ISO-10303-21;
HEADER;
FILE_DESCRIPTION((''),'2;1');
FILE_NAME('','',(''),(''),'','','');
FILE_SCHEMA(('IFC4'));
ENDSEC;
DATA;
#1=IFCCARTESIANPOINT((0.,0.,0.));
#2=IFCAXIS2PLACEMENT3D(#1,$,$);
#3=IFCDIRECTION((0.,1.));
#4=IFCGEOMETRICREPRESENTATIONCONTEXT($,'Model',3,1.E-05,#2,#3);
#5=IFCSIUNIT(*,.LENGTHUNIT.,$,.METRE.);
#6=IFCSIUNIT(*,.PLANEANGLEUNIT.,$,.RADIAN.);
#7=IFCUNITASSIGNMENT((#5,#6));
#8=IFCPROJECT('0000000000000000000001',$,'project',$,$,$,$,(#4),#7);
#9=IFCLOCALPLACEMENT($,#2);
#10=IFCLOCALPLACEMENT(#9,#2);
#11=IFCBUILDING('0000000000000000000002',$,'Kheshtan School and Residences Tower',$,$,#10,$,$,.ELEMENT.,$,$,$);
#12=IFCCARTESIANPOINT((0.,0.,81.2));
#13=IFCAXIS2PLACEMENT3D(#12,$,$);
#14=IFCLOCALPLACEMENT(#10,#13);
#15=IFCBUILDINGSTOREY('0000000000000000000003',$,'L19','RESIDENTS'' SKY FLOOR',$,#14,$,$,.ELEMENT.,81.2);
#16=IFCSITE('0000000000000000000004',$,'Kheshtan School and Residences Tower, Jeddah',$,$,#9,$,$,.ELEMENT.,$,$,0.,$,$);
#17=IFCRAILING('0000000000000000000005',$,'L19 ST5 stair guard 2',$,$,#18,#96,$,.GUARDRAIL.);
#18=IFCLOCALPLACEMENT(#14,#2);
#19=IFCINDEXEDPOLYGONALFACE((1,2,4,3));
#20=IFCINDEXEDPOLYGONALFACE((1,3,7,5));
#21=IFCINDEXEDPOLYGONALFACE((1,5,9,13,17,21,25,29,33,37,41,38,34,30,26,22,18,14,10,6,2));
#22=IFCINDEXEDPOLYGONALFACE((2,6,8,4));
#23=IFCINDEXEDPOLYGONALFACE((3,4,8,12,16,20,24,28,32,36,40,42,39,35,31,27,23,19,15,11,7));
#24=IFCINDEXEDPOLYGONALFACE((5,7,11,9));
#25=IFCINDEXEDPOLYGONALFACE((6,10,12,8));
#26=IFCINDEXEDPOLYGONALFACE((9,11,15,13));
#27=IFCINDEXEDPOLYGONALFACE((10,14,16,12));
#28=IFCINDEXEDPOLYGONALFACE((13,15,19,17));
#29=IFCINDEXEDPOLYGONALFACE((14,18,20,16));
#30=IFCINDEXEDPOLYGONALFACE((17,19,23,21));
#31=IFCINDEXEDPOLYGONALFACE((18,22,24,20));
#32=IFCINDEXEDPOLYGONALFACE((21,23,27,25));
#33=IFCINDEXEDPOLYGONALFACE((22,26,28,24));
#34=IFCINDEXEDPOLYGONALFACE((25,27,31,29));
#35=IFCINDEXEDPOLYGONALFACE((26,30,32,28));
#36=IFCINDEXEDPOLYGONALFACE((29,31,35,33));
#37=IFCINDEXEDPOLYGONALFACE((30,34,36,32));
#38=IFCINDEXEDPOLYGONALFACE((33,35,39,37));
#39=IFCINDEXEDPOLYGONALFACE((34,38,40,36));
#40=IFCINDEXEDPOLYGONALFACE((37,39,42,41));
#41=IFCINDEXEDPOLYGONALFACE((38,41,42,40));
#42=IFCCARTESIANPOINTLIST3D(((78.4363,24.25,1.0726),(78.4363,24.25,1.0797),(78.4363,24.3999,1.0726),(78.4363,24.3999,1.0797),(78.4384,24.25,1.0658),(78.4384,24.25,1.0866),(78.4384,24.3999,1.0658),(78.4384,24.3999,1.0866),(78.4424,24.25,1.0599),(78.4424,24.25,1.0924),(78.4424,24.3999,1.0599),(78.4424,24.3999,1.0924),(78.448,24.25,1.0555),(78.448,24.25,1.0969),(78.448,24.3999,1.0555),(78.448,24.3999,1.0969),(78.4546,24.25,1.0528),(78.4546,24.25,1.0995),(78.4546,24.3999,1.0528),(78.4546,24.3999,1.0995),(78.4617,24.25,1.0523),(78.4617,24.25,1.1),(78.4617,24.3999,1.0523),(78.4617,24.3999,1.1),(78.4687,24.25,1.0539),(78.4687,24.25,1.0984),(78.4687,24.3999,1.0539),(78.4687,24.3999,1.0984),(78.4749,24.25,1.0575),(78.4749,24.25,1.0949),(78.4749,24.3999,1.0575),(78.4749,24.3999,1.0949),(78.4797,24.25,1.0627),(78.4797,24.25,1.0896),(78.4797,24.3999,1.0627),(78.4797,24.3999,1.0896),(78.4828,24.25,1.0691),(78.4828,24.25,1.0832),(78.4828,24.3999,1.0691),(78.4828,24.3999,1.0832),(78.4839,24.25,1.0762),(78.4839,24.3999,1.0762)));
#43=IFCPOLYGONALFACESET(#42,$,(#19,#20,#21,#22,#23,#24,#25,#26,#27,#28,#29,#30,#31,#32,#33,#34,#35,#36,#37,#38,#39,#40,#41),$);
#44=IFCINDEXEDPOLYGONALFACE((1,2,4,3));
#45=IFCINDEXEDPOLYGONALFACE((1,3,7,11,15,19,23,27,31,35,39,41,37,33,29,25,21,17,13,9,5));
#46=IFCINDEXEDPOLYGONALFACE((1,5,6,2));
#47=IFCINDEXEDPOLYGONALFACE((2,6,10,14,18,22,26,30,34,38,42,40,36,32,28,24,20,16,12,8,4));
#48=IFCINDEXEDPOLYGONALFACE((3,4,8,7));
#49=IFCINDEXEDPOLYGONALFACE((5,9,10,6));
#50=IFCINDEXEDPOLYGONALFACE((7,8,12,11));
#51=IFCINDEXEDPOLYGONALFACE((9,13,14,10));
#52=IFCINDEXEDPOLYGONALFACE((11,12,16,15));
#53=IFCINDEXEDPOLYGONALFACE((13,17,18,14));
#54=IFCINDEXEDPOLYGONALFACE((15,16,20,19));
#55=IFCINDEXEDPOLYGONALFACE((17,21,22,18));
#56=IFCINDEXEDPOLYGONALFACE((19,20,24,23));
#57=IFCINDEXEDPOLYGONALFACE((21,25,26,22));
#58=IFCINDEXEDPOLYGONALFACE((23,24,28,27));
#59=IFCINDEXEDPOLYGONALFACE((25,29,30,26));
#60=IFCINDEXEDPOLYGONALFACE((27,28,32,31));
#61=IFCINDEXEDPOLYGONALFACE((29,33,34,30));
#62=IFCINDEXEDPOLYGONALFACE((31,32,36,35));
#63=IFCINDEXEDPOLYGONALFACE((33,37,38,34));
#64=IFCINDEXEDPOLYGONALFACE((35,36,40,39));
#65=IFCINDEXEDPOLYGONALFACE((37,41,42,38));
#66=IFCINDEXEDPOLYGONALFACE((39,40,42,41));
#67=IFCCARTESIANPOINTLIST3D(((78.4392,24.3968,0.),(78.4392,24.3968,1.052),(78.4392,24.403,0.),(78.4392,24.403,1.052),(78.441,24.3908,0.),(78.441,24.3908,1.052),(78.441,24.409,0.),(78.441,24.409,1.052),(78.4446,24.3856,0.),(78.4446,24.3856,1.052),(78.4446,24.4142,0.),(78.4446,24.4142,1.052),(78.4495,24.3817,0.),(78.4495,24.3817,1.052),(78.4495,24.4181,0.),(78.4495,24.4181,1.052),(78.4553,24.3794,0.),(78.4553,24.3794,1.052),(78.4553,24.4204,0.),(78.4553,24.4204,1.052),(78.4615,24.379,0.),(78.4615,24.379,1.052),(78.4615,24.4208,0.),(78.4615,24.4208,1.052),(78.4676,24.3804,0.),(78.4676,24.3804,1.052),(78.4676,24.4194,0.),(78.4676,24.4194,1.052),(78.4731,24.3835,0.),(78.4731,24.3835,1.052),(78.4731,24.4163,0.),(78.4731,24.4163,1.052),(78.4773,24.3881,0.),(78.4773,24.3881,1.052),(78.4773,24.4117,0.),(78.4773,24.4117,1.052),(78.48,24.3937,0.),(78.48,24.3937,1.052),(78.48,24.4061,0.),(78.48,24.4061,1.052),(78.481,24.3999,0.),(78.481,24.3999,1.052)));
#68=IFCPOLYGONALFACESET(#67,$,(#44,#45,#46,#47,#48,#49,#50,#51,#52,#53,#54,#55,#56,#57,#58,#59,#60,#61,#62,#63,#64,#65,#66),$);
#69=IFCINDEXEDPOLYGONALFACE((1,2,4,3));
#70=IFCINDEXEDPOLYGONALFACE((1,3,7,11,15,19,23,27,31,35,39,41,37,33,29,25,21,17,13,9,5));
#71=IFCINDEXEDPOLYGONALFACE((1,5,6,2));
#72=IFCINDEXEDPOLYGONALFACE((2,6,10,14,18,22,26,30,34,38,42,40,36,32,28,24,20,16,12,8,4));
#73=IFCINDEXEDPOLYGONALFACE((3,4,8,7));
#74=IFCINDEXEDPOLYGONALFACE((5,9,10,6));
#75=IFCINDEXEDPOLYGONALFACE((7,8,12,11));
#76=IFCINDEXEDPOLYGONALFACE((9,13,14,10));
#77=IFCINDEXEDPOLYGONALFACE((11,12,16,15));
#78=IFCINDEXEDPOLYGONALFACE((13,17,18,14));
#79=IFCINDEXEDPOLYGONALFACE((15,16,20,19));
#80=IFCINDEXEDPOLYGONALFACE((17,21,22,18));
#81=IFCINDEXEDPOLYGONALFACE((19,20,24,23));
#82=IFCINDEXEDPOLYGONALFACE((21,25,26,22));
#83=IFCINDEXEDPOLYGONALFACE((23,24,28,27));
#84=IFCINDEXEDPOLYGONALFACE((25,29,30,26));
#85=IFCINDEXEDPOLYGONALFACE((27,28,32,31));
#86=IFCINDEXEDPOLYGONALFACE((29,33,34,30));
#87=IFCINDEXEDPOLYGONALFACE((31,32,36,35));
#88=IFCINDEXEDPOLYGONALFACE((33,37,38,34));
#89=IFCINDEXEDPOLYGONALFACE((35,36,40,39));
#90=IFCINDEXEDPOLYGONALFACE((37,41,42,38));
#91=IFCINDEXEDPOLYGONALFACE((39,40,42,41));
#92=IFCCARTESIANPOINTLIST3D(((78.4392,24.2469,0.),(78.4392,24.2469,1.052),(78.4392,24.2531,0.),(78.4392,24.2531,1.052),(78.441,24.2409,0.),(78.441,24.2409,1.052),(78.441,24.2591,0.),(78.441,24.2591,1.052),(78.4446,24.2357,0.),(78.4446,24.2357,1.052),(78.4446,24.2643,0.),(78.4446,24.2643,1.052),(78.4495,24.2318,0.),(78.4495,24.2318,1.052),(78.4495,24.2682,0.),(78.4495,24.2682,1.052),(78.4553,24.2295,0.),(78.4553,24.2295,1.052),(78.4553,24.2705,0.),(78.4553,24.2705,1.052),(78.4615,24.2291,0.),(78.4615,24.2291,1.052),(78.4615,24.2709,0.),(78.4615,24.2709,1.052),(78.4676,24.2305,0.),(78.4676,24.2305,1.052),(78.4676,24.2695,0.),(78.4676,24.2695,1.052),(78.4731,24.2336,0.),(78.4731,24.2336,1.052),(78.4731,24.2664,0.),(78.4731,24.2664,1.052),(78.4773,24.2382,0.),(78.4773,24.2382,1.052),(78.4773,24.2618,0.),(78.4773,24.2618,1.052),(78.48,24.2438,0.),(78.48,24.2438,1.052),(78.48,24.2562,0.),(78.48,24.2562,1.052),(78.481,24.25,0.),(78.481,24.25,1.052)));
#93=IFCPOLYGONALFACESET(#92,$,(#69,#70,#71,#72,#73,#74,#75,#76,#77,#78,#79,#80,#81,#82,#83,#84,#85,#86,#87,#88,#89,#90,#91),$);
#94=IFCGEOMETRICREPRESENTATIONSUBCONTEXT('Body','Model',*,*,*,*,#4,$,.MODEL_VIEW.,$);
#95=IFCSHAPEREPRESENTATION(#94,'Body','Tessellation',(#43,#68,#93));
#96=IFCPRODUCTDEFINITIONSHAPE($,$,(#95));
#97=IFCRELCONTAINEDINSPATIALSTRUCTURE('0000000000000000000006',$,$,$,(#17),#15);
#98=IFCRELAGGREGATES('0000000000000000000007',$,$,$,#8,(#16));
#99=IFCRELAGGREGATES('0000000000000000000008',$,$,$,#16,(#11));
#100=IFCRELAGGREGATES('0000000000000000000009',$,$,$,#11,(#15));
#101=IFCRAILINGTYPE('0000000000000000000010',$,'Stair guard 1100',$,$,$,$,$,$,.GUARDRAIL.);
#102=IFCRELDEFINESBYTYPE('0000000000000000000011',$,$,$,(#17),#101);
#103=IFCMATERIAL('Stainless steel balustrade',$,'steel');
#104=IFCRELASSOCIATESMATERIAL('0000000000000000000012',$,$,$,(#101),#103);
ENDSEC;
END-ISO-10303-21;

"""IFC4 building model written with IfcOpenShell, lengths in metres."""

from ifc_helpers import new_model, si_unit, direction, frame, origin, origin_2d, place, context, subcontext, project, spatial, circle, extrude, material, type_object, element, save


model = new_model("IFC4")

# Units and contexts
model_context = context("Model", 3, precision=1e-05, world=origin(), true_north=direction((0.0, 1.0)))
body_context = subcontext(model_context, "Body", "Model", "MODEL_VIEW")
ifc_project = project(units=[si_unit("LENGTHUNIT", "METRE"), si_unit("PLANEANGLEUNIT", "RADIAN")], contexts=[model_context])

# Site, building, storey
site_placement = place(None, origin())
site = spatial("IfcSite", under=ifc_project, at=site_placement, Name="Kheshtan School and Residences Tower, Jeddah", CompositionType="ELEMENT", RefElevation=0.0)
building_placement = place(site_placement, origin())
building = spatial("IfcBuilding", under=site, at=building_placement, Name="Kheshtan School and Residences Tower", CompositionType="ELEMENT")
storey_placement = place(building_placement, frame((0.0, 0.0, 81.2)))
storey = spatial("IfcBuildingStorey", under=building, at=storey_placement, Name="L19", Description="RESIDENTS' SKY FLOOR", CompositionType="ELEMENT", Elevation=81.2)

# Railing
ifc_material_1 = material(Name="Stainless steel balustrade", Category="steel")
railing_type_1 = type_object("IfcRailingType", Name="Stair guard 1100", PredefinedType="GUARDRAIL", material=ifc_material_1)
railing_1_placement = place(storey_placement, frame((78.46, 24.3999, 0.0)))
element("IfcRailing", 1, at=railing_1_placement, inside=storey, type_object=railing_type_1, Name="L19 ST5 stair guard 2", PredefinedType="GUARDRAIL", context=body_context, shape_type="SweptSolid", body=[
    extrude(circle(Radius=0.0239, at=origin_2d()), frame((0.0, 0.0, 1.0762), z_axis=(0.0, -1.0, 0.0), x_axis=(1.0, 0.0, 0.0)), (0.0, 0.0, 1.0), 0.1499),
    extrude(circle(Radius=0.021, at=origin_2d()), origin(), (0.0, 0.0, 1.0), 1.052),
    extrude(circle(Radius=0.021, at=origin_2d()), frame((0.0, -0.1499, 0.0)), (0.0, 0.0, 1.0), 1.052),
])

save(model, "model.ifc")
